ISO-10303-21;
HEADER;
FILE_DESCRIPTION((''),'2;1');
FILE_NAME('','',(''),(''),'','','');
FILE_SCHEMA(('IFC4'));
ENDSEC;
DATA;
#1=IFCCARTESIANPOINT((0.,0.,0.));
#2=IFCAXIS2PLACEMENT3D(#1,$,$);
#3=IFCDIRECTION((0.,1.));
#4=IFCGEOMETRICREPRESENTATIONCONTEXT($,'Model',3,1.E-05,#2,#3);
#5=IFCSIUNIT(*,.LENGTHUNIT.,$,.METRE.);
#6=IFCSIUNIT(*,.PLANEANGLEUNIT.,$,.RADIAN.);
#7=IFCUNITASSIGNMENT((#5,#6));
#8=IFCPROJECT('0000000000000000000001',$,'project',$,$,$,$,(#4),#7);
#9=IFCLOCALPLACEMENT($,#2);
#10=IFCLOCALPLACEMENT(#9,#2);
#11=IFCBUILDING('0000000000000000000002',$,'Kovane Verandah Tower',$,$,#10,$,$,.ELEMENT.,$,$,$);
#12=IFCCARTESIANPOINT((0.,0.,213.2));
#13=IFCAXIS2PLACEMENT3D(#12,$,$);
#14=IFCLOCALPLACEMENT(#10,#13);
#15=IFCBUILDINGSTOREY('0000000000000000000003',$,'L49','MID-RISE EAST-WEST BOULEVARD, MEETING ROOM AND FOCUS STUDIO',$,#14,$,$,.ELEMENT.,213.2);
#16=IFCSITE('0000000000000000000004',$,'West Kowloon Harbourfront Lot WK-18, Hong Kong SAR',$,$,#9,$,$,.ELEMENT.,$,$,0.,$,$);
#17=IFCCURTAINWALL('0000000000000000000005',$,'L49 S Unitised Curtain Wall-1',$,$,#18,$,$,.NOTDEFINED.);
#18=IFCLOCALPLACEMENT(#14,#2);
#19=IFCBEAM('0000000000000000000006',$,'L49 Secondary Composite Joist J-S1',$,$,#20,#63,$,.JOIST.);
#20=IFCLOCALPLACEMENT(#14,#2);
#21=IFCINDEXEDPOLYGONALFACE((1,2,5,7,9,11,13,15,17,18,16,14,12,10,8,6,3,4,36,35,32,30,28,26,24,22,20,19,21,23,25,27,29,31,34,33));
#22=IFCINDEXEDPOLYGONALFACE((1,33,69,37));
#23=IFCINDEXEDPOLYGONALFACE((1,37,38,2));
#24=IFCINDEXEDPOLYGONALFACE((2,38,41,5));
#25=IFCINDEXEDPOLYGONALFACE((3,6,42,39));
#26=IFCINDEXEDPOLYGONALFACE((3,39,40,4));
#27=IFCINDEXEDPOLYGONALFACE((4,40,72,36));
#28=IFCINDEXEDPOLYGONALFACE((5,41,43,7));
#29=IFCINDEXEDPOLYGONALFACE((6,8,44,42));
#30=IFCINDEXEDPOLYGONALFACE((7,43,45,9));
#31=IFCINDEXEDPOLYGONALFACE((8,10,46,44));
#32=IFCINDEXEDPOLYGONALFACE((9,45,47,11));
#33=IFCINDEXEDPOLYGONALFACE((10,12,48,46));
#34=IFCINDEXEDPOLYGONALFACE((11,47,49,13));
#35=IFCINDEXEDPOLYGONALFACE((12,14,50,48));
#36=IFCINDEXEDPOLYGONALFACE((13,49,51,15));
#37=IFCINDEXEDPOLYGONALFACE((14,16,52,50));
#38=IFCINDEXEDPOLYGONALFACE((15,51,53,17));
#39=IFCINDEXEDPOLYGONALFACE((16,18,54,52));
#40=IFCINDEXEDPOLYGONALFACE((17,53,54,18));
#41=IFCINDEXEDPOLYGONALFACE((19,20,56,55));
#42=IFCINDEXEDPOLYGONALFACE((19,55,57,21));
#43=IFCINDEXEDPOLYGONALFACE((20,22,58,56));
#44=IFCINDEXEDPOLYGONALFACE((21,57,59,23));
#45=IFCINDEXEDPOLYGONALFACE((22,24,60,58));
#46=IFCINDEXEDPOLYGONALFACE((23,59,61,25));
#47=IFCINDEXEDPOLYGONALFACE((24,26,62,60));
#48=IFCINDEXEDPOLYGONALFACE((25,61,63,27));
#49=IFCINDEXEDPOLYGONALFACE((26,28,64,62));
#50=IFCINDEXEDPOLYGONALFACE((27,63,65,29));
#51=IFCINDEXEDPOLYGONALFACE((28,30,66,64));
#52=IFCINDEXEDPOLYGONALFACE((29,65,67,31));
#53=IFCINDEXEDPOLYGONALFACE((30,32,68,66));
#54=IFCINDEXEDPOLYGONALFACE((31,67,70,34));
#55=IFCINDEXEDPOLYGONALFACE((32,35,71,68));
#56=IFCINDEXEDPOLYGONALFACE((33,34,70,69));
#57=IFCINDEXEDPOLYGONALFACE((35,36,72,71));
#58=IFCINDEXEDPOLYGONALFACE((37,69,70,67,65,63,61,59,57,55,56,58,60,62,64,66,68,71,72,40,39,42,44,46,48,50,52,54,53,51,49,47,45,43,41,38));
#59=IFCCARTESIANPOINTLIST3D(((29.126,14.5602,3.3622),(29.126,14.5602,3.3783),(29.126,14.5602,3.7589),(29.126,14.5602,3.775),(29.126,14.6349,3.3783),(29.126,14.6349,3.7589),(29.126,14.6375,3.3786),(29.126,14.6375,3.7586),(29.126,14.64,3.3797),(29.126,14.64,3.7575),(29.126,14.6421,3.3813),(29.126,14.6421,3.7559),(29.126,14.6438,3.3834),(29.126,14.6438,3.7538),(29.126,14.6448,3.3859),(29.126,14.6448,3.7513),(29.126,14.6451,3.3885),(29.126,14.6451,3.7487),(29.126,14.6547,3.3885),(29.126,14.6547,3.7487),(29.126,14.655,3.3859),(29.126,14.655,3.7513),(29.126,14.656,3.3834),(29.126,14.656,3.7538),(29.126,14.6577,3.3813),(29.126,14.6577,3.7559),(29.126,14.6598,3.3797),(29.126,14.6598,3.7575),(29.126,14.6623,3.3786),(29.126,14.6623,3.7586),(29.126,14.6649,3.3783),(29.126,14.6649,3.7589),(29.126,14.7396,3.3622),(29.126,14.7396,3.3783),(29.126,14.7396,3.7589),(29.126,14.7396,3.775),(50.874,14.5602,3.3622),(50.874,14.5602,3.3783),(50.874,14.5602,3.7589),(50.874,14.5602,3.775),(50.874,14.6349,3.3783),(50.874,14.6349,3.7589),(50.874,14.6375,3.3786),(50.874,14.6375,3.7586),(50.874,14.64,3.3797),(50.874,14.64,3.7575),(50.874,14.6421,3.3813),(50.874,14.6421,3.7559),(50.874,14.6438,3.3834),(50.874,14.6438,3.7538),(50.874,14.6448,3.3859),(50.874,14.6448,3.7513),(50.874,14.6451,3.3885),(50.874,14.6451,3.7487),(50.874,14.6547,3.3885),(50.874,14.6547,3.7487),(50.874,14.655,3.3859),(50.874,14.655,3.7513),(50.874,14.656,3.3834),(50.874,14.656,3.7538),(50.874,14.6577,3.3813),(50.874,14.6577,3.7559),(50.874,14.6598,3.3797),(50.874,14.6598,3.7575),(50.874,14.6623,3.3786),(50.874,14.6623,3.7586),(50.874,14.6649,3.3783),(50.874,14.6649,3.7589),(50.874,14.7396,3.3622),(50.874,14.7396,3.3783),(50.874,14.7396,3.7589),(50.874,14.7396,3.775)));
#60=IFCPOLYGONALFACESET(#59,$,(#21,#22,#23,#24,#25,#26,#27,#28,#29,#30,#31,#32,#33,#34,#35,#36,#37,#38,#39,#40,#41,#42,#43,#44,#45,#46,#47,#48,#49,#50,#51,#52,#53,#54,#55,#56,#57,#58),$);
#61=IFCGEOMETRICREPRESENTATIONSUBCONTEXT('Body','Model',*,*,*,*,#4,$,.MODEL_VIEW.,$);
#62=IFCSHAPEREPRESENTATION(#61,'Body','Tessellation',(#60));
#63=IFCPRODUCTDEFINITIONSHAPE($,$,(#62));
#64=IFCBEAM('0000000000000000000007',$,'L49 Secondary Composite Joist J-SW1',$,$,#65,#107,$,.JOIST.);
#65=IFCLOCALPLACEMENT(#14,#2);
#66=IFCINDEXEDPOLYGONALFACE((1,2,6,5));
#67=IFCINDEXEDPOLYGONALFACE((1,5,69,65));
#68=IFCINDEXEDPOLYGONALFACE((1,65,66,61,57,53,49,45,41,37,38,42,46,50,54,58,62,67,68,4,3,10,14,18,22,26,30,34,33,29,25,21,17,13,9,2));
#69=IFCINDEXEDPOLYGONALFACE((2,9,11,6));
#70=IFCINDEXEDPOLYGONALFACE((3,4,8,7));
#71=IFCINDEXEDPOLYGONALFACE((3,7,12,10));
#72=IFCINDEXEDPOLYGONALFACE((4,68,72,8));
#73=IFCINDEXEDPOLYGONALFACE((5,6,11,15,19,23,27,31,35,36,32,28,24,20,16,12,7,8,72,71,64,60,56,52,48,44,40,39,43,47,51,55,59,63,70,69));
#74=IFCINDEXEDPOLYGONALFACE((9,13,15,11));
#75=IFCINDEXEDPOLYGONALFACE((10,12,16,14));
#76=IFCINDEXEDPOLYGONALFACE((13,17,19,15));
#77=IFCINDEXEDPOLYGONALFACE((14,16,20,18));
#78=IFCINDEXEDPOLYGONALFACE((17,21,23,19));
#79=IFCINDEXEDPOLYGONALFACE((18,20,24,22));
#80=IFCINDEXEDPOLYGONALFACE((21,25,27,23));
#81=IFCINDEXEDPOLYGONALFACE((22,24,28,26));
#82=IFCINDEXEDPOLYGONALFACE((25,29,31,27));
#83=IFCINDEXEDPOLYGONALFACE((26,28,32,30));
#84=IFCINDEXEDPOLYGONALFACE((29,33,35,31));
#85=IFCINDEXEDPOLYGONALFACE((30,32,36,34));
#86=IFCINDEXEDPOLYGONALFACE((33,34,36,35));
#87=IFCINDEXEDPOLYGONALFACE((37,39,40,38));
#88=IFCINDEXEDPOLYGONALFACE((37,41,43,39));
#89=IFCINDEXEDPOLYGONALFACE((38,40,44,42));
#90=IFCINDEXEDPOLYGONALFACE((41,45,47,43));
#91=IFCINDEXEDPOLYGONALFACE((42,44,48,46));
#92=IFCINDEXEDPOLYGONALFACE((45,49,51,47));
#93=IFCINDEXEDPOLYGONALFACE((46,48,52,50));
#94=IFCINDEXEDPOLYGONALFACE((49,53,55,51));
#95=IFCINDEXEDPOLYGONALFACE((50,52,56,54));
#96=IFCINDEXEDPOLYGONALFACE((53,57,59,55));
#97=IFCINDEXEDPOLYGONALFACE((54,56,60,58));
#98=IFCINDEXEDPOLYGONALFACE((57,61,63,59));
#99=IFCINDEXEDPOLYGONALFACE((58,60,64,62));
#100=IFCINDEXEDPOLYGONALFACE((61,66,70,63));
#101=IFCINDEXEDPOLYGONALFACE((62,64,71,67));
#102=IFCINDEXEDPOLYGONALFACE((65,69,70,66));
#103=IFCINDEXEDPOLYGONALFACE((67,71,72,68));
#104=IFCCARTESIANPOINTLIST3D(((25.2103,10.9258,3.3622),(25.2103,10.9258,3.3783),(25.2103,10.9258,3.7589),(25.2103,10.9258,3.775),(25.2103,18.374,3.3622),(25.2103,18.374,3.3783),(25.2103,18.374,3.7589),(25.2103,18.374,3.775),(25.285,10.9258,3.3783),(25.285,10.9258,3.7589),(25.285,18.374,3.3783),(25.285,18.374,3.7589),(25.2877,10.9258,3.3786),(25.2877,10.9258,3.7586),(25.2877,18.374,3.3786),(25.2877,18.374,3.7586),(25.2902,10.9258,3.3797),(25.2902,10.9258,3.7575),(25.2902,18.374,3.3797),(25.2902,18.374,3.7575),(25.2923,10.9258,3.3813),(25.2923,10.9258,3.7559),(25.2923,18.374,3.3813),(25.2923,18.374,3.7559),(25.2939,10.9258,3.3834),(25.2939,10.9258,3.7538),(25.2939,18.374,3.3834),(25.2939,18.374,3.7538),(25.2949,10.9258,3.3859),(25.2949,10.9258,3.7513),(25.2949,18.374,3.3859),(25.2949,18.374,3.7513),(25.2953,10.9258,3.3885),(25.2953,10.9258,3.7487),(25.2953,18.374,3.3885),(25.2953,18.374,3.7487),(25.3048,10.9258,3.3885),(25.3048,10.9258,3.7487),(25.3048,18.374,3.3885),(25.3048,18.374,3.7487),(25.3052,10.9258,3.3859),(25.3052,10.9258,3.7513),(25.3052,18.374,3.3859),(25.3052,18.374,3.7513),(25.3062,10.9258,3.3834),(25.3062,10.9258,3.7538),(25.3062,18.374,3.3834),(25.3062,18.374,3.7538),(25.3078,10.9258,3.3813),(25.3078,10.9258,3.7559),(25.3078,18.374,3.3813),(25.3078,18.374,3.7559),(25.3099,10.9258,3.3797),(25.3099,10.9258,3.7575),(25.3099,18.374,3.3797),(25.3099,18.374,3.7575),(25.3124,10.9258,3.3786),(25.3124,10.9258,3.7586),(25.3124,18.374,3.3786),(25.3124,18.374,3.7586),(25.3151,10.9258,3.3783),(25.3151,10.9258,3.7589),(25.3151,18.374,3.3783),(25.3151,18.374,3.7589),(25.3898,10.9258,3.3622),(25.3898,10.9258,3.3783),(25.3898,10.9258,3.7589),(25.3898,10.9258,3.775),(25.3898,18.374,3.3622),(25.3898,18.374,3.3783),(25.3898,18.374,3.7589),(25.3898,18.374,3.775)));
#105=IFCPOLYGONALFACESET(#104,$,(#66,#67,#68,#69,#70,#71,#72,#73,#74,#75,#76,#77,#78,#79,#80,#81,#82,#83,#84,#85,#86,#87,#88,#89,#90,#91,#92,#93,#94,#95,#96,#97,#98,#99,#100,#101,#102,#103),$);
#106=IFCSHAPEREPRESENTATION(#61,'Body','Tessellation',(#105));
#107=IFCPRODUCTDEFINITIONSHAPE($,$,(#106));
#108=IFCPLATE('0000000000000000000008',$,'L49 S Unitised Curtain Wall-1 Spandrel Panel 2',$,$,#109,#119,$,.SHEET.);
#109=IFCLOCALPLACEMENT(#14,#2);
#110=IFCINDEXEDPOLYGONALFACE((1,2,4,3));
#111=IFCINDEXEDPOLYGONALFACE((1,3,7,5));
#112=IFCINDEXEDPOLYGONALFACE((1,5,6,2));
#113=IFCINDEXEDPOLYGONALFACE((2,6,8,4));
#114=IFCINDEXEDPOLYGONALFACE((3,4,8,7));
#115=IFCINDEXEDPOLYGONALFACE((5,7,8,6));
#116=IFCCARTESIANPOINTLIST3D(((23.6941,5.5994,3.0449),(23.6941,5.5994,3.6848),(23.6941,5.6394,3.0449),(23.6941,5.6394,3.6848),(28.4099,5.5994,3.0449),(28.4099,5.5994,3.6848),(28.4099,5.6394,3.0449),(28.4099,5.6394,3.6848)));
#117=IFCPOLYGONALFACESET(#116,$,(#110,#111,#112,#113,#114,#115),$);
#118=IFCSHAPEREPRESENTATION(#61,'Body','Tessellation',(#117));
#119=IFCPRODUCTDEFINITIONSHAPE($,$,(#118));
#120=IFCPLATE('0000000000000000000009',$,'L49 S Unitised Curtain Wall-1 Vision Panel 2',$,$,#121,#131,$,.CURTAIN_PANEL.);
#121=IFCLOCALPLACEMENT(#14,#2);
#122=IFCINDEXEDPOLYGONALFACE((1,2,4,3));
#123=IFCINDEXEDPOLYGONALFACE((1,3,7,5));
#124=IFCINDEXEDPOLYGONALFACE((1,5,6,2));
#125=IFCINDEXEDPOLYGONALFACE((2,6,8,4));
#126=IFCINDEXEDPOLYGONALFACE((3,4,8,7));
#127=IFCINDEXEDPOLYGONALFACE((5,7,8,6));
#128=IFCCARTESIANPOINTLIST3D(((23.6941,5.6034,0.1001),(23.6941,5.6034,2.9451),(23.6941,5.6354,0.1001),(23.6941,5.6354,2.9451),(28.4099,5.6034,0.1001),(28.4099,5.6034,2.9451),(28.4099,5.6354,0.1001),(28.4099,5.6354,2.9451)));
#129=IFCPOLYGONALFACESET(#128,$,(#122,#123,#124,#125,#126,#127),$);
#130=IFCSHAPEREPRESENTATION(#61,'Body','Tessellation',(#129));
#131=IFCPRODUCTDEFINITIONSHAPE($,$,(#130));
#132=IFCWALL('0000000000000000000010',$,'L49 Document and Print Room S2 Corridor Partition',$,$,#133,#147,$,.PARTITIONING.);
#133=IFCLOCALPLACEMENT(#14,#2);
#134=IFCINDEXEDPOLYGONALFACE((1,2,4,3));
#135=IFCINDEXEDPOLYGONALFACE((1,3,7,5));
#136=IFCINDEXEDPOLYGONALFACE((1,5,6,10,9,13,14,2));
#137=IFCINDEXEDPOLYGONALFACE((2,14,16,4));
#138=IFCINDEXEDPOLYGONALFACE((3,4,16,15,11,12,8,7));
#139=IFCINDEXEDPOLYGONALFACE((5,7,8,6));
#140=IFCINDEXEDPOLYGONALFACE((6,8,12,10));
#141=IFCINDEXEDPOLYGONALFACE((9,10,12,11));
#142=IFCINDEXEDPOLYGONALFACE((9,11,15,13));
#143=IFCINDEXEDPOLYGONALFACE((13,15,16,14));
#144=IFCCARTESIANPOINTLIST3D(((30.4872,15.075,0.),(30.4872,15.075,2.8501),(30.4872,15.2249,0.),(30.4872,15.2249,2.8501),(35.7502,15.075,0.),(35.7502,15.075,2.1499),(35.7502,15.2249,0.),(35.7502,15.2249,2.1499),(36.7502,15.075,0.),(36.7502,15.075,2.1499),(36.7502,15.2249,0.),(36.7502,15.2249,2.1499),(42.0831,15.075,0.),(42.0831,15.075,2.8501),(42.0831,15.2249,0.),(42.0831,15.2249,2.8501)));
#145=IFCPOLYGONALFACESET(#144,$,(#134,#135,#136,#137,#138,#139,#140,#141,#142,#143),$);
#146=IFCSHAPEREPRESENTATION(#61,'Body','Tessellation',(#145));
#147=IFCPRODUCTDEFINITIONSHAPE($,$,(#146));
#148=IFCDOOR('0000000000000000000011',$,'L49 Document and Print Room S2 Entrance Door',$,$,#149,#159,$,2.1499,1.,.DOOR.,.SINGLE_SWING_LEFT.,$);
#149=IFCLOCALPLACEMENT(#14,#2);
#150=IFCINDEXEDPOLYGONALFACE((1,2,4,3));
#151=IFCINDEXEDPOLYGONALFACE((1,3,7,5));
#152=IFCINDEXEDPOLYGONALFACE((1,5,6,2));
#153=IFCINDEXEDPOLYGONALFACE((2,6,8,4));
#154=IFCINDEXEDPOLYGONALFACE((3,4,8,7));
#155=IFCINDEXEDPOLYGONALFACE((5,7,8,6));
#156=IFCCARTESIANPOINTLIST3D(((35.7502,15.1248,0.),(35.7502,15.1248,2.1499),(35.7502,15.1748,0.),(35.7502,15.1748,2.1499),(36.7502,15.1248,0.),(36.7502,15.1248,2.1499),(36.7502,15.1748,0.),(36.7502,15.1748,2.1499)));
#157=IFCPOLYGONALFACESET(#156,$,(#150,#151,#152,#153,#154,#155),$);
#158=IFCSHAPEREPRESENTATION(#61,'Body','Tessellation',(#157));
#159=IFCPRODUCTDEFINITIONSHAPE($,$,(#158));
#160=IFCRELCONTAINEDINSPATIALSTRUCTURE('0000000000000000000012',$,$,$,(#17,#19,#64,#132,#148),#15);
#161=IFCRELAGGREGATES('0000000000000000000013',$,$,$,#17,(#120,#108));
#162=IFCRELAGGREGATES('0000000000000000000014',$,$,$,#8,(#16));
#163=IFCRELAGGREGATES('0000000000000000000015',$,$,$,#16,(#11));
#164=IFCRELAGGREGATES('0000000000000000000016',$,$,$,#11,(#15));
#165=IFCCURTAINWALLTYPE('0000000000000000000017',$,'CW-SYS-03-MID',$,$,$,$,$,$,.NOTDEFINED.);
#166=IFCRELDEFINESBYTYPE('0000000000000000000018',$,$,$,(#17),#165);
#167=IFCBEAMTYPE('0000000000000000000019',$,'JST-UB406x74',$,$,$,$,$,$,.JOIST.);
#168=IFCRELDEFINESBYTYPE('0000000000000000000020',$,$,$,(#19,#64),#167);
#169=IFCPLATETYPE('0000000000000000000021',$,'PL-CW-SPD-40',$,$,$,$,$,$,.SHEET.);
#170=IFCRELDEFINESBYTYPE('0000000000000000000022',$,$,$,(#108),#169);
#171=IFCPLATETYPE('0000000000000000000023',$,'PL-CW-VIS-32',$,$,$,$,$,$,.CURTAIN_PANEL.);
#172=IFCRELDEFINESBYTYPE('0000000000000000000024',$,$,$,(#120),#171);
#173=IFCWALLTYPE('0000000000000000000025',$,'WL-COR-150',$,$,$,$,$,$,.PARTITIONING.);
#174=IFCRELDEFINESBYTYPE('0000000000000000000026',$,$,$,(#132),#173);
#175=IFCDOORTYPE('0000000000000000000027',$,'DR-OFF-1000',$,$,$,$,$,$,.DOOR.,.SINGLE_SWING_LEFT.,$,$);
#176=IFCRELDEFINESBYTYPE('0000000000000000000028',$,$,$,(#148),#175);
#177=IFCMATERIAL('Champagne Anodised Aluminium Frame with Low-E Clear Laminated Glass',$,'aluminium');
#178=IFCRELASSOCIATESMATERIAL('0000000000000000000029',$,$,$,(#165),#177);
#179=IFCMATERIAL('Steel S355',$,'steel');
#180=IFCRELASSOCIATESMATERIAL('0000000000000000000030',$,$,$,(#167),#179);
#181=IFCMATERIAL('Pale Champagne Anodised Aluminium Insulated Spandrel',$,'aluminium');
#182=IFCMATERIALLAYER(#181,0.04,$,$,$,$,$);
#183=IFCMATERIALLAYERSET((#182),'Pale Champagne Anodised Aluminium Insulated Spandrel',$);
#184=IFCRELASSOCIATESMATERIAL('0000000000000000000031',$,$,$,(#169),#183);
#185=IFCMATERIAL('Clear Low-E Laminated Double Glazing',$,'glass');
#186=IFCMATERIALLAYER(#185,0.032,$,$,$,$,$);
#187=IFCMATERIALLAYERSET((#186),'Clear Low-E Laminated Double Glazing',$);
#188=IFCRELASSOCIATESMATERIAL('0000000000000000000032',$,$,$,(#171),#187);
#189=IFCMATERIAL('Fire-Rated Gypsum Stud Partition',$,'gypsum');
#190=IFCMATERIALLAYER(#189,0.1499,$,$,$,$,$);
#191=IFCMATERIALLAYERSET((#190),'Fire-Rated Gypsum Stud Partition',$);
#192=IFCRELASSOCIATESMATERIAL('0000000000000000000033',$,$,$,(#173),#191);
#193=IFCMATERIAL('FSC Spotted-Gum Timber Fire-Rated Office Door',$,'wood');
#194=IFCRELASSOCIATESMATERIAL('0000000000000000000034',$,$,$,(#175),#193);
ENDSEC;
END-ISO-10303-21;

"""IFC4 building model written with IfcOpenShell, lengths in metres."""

from ifc_helpers import new_model, si_unit, direction, frame, frame_2d, origin, origin_2d, place, context, subcontext, project, spatial, rectangle, i_section, extrude, material, layer, layer_set, material_profile, profile_set, type_object, element, fill, aggregate, save


model = new_model("IFC4")

# Units and contexts
model_context = context("Model", 3, precision=1e-05, world=origin(), true_north=direction((0.0, 1.0)))
body_context = subcontext(model_context, "Body", "Model", "MODEL_VIEW")
ifc_project = project(units=[si_unit("LENGTHUNIT", "METRE"), si_unit("PLANEANGLEUNIT", "RADIAN")], contexts=[model_context])

# Site, building, storey
site_placement = place(None, origin())
site = spatial("IfcSite", under=ifc_project, at=site_placement, Name="West Kowloon Harbourfront Lot WK-18, Hong Kong SAR", CompositionType="ELEMENT", RefElevation=0.0)
building_placement = place(site_placement, origin())
building = spatial("IfcBuilding", under=site, at=building_placement, Name="Kovane Verandah Tower", CompositionType="ELEMENT")
storey_placement = place(building_placement, frame((0.0, 0.0, 213.2)))
storey = spatial("IfcBuildingStorey", under=building, at=storey_placement, Name="L49", Description="MID-RISE EAST-WEST BOULEVARD, MEETING ROOM AND FOCUS STUDIO", CompositionType="ELEMENT", Elevation=213.2)

# Shared definitions
ifc_material_1 = material(Name="Steel S355", Category="steel")

# Curtain wall
ifc_material_2 = material(Name="Champagne Anodised Aluminium Frame with Low-E Clear Laminated Glass", Category="aluminium")
curtain_wall_type = type_object("IfcCurtainWallType", Name="CW-SYS-03-MID", PredefinedType="NOTDEFINED", material=ifc_material_2)
curtain_wall_1_placement = place(storey_placement, origin())
curtain_wall_1 = element("IfcCurtainWall", 1, at=curtain_wall_1_placement, inside=storey, type_object=curtain_wall_type, Name="L49 S Unitised Curtain Wall-1", PredefinedType="NOTDEFINED")

# Beams
ifc_material_profile_1 = material_profile(ifc_material_1, i_section(OverallWidth=0.1794, OverallDepth=0.4128, WebThickness=0.0095, FlangeThickness=0.0161, FilletRadius=0.0103, at=origin_2d()), Name="UB406x178x74")
ifc_profile_set_1 = profile_set([ifc_material_profile_1], Name="Steel S355")
beam_type_1 = type_object("IfcBeamType", Name="JST-UB406x74", PredefinedType="JOIST", material=ifc_profile_set_1)
beam_1_placement = place(storey_placement, frame((29.126, 14.6499, 3.5686), z_axis=(1.0, 0.0, 0.0), x_axis=(0.0, 1.0, 0.0)))
element("IfcBeam", 2, at=beam_1_placement, inside=storey, type_object=beam_type_1, Name="L49 Secondary Composite Joist J-S1", PredefinedType="JOIST", context=body_context, shape_type="SweptSolid", body=[
    extrude(i_section(OverallWidth=0.1794, OverallDepth=0.4128, WebThickness=0.0095, FlangeThickness=0.0161, FilletRadius=0.0103, at=origin_2d()), origin(), (0.0, 0.0, 1.0), 21.748),
])
beam_2_placement = place(storey_placement, frame((25.3, 10.9258, 3.5686), z_axis=(0.0, 1.0, 0.0), x_axis=(-1.0, 0.0, 0.0)))
element("IfcBeam", 3, at=beam_2_placement, inside=storey, type_object=beam_type_1, Name="L49 Secondary Composite Joist J-SW1", PredefinedType="JOIST", context=body_context, shape_type="SweptSolid", body=[
    extrude(i_section(OverallWidth=0.1794, OverallDepth=0.4128, WebThickness=0.0095, FlangeThickness=0.0161, FilletRadius=0.0103, at=origin_2d()), origin(), (0.0, 0.0, 1.0), 7.4482),
])

# Plates
ifc_material_3 = material(Name="Pale Champagne Anodised Aluminium Insulated Spandrel", Category="aluminium")
ifc_layer_1 = layer(ifc_material_3, 0.04)
ifc_layer_set_1 = layer_set([ifc_layer_1], Name="Pale Champagne Anodised Aluminium Insulated Spandrel")
plate_type_1 = type_object("IfcPlateType", Name="PL-CW-SPD-40", PredefinedType="SHEET", material=ifc_layer_set_1)
plate_1_placement = place(storey_placement, frame((26.052, 5.6194, 3.0449), z_axis=(0.0, 0.0, 1.0), x_axis=(1.0, 0.0, 0.0)))
plate_1 = element("IfcPlate", 4, at=plate_1_placement, type_object=plate_type_1, Name="L49 S Unitised Curtain Wall-1 Spandrel Panel 2", PredefinedType="SHEET", context=body_context, shape_type="SweptSolid", body=[
    extrude(rectangle(XDim=4.7158, YDim=0.04, at=origin_2d()), origin(), (0.0, 0.0, 1.0), 0.6399),
])
ifc_material_4 = material(Name="Clear Low-E Laminated Double Glazing", Category="glass")
ifc_layer_2 = layer(ifc_material_4, 0.032)
ifc_layer_set_2 = layer_set([ifc_layer_2], Name="Clear Low-E Laminated Double Glazing")
plate_type_2 = type_object("IfcPlateType", Name="PL-CW-VIS-32", PredefinedType="CURTAIN_PANEL", material=ifc_layer_set_2)
plate_2_placement = place(storey_placement, frame((26.052, 5.6194, 0.1001), z_axis=(0.0, 0.0, 1.0), x_axis=(1.0, 0.0, 0.0)))
plate_2 = element("IfcPlate", 5, at=plate_2_placement, type_object=plate_type_2, Name="L49 S Unitised Curtain Wall-1 Vision Panel 2", PredefinedType="CURTAIN_PANEL", context=body_context, shape_type="SweptSolid", body=[
    extrude(rectangle(XDim=4.7158, YDim=0.032, at=origin_2d()), origin(), (0.0, 0.0, 1.0), 2.845),
])
aggregate(curtain_wall_1, [plate_2, plate_1])

# Wall, opening, door
ifc_material_5 = material(Name="Fire-Rated Gypsum Stud Partition", Category="gypsum")
ifc_layer_3 = layer(ifc_material_5, 0.1499)
ifc_layer_set_3 = layer_set([ifc_layer_3], Name="Fire-Rated Gypsum Stud Partition")
wall_type_1 = type_object("IfcWallType", Name="WL-COR-150", PredefinedType="PARTITIONING", material=ifc_layer_set_3)
wall_1_placement = place(storey_placement, frame((30.4873, 15.1499, 0.0), z_axis=(0.0, 0.0, 1.0), x_axis=(1.0, 0.0, 0.0)))
wall_1 = element("IfcWall", 6, at=wall_1_placement, inside=storey, type_object=wall_type_1, Name="L49 Document and Print Room S2 Corridor Partition", PredefinedType="PARTITIONING", context=body_context, shape_type="SweptSolid", body=[
    extrude(rectangle(XDim=11.5959, YDim=0.1499, at=frame_2d((5.7979, 0.0))), origin(), (0.0, 0.0, 1.0), 2.8501),
])
opening_1_placement = place(wall_1_placement, frame((5.2629, 0.0, 0.0)))
opening_1 = element("IfcOpeningElement", 7, at=opening_1_placement, cuts=wall_1, PredefinedType="OPENING", context=body_context, shape_type="SweptSolid", body=[
    extrude(rectangle(XDim=1.0, YDim=2.1499, at=frame_2d((0.5, 1.075))), frame((0.0, 0.075, 0.0), z_axis=(0.0, -1.0, 0.0), x_axis=(1.0, 0.0, 0.0)), (0.0, 0.0, 1.0), 0.1499),
])
ifc_material_6 = material(Name="FSC Spotted-Gum Timber Fire-Rated Office Door", Category="wood")
door_type_1 = type_object("IfcDoorType", Name="DR-OFF-1000", OperationType="SINGLE_SWING_LEFT", PredefinedType="DOOR", material=ifc_material_6)
door_1_placement = place(opening_1_placement, origin())
door_1 = element("IfcDoor", 8, at=door_1_placement, inside=storey, type_object=door_type_1, Name="L49 Document and Print Room S2 Entrance Door", OperationType="SINGLE_SWING_LEFT", OverallHeight=2.1499, OverallWidth=1.0, PredefinedType="DOOR", context=body_context, shape_type="SweptSolid", body=[
    extrude(rectangle(XDim=1.0, YDim=2.1499, at=frame_2d((0.5, 1.075))), frame((0.0, 0.0249, 0.0), z_axis=(0.0, -1.0, 0.0), x_axis=(1.0, 0.0, 0.0)), (0.0, 0.0, 1.0), 0.05),
])
fill(opening_1, door_1)

save(model, "model.ifc")
